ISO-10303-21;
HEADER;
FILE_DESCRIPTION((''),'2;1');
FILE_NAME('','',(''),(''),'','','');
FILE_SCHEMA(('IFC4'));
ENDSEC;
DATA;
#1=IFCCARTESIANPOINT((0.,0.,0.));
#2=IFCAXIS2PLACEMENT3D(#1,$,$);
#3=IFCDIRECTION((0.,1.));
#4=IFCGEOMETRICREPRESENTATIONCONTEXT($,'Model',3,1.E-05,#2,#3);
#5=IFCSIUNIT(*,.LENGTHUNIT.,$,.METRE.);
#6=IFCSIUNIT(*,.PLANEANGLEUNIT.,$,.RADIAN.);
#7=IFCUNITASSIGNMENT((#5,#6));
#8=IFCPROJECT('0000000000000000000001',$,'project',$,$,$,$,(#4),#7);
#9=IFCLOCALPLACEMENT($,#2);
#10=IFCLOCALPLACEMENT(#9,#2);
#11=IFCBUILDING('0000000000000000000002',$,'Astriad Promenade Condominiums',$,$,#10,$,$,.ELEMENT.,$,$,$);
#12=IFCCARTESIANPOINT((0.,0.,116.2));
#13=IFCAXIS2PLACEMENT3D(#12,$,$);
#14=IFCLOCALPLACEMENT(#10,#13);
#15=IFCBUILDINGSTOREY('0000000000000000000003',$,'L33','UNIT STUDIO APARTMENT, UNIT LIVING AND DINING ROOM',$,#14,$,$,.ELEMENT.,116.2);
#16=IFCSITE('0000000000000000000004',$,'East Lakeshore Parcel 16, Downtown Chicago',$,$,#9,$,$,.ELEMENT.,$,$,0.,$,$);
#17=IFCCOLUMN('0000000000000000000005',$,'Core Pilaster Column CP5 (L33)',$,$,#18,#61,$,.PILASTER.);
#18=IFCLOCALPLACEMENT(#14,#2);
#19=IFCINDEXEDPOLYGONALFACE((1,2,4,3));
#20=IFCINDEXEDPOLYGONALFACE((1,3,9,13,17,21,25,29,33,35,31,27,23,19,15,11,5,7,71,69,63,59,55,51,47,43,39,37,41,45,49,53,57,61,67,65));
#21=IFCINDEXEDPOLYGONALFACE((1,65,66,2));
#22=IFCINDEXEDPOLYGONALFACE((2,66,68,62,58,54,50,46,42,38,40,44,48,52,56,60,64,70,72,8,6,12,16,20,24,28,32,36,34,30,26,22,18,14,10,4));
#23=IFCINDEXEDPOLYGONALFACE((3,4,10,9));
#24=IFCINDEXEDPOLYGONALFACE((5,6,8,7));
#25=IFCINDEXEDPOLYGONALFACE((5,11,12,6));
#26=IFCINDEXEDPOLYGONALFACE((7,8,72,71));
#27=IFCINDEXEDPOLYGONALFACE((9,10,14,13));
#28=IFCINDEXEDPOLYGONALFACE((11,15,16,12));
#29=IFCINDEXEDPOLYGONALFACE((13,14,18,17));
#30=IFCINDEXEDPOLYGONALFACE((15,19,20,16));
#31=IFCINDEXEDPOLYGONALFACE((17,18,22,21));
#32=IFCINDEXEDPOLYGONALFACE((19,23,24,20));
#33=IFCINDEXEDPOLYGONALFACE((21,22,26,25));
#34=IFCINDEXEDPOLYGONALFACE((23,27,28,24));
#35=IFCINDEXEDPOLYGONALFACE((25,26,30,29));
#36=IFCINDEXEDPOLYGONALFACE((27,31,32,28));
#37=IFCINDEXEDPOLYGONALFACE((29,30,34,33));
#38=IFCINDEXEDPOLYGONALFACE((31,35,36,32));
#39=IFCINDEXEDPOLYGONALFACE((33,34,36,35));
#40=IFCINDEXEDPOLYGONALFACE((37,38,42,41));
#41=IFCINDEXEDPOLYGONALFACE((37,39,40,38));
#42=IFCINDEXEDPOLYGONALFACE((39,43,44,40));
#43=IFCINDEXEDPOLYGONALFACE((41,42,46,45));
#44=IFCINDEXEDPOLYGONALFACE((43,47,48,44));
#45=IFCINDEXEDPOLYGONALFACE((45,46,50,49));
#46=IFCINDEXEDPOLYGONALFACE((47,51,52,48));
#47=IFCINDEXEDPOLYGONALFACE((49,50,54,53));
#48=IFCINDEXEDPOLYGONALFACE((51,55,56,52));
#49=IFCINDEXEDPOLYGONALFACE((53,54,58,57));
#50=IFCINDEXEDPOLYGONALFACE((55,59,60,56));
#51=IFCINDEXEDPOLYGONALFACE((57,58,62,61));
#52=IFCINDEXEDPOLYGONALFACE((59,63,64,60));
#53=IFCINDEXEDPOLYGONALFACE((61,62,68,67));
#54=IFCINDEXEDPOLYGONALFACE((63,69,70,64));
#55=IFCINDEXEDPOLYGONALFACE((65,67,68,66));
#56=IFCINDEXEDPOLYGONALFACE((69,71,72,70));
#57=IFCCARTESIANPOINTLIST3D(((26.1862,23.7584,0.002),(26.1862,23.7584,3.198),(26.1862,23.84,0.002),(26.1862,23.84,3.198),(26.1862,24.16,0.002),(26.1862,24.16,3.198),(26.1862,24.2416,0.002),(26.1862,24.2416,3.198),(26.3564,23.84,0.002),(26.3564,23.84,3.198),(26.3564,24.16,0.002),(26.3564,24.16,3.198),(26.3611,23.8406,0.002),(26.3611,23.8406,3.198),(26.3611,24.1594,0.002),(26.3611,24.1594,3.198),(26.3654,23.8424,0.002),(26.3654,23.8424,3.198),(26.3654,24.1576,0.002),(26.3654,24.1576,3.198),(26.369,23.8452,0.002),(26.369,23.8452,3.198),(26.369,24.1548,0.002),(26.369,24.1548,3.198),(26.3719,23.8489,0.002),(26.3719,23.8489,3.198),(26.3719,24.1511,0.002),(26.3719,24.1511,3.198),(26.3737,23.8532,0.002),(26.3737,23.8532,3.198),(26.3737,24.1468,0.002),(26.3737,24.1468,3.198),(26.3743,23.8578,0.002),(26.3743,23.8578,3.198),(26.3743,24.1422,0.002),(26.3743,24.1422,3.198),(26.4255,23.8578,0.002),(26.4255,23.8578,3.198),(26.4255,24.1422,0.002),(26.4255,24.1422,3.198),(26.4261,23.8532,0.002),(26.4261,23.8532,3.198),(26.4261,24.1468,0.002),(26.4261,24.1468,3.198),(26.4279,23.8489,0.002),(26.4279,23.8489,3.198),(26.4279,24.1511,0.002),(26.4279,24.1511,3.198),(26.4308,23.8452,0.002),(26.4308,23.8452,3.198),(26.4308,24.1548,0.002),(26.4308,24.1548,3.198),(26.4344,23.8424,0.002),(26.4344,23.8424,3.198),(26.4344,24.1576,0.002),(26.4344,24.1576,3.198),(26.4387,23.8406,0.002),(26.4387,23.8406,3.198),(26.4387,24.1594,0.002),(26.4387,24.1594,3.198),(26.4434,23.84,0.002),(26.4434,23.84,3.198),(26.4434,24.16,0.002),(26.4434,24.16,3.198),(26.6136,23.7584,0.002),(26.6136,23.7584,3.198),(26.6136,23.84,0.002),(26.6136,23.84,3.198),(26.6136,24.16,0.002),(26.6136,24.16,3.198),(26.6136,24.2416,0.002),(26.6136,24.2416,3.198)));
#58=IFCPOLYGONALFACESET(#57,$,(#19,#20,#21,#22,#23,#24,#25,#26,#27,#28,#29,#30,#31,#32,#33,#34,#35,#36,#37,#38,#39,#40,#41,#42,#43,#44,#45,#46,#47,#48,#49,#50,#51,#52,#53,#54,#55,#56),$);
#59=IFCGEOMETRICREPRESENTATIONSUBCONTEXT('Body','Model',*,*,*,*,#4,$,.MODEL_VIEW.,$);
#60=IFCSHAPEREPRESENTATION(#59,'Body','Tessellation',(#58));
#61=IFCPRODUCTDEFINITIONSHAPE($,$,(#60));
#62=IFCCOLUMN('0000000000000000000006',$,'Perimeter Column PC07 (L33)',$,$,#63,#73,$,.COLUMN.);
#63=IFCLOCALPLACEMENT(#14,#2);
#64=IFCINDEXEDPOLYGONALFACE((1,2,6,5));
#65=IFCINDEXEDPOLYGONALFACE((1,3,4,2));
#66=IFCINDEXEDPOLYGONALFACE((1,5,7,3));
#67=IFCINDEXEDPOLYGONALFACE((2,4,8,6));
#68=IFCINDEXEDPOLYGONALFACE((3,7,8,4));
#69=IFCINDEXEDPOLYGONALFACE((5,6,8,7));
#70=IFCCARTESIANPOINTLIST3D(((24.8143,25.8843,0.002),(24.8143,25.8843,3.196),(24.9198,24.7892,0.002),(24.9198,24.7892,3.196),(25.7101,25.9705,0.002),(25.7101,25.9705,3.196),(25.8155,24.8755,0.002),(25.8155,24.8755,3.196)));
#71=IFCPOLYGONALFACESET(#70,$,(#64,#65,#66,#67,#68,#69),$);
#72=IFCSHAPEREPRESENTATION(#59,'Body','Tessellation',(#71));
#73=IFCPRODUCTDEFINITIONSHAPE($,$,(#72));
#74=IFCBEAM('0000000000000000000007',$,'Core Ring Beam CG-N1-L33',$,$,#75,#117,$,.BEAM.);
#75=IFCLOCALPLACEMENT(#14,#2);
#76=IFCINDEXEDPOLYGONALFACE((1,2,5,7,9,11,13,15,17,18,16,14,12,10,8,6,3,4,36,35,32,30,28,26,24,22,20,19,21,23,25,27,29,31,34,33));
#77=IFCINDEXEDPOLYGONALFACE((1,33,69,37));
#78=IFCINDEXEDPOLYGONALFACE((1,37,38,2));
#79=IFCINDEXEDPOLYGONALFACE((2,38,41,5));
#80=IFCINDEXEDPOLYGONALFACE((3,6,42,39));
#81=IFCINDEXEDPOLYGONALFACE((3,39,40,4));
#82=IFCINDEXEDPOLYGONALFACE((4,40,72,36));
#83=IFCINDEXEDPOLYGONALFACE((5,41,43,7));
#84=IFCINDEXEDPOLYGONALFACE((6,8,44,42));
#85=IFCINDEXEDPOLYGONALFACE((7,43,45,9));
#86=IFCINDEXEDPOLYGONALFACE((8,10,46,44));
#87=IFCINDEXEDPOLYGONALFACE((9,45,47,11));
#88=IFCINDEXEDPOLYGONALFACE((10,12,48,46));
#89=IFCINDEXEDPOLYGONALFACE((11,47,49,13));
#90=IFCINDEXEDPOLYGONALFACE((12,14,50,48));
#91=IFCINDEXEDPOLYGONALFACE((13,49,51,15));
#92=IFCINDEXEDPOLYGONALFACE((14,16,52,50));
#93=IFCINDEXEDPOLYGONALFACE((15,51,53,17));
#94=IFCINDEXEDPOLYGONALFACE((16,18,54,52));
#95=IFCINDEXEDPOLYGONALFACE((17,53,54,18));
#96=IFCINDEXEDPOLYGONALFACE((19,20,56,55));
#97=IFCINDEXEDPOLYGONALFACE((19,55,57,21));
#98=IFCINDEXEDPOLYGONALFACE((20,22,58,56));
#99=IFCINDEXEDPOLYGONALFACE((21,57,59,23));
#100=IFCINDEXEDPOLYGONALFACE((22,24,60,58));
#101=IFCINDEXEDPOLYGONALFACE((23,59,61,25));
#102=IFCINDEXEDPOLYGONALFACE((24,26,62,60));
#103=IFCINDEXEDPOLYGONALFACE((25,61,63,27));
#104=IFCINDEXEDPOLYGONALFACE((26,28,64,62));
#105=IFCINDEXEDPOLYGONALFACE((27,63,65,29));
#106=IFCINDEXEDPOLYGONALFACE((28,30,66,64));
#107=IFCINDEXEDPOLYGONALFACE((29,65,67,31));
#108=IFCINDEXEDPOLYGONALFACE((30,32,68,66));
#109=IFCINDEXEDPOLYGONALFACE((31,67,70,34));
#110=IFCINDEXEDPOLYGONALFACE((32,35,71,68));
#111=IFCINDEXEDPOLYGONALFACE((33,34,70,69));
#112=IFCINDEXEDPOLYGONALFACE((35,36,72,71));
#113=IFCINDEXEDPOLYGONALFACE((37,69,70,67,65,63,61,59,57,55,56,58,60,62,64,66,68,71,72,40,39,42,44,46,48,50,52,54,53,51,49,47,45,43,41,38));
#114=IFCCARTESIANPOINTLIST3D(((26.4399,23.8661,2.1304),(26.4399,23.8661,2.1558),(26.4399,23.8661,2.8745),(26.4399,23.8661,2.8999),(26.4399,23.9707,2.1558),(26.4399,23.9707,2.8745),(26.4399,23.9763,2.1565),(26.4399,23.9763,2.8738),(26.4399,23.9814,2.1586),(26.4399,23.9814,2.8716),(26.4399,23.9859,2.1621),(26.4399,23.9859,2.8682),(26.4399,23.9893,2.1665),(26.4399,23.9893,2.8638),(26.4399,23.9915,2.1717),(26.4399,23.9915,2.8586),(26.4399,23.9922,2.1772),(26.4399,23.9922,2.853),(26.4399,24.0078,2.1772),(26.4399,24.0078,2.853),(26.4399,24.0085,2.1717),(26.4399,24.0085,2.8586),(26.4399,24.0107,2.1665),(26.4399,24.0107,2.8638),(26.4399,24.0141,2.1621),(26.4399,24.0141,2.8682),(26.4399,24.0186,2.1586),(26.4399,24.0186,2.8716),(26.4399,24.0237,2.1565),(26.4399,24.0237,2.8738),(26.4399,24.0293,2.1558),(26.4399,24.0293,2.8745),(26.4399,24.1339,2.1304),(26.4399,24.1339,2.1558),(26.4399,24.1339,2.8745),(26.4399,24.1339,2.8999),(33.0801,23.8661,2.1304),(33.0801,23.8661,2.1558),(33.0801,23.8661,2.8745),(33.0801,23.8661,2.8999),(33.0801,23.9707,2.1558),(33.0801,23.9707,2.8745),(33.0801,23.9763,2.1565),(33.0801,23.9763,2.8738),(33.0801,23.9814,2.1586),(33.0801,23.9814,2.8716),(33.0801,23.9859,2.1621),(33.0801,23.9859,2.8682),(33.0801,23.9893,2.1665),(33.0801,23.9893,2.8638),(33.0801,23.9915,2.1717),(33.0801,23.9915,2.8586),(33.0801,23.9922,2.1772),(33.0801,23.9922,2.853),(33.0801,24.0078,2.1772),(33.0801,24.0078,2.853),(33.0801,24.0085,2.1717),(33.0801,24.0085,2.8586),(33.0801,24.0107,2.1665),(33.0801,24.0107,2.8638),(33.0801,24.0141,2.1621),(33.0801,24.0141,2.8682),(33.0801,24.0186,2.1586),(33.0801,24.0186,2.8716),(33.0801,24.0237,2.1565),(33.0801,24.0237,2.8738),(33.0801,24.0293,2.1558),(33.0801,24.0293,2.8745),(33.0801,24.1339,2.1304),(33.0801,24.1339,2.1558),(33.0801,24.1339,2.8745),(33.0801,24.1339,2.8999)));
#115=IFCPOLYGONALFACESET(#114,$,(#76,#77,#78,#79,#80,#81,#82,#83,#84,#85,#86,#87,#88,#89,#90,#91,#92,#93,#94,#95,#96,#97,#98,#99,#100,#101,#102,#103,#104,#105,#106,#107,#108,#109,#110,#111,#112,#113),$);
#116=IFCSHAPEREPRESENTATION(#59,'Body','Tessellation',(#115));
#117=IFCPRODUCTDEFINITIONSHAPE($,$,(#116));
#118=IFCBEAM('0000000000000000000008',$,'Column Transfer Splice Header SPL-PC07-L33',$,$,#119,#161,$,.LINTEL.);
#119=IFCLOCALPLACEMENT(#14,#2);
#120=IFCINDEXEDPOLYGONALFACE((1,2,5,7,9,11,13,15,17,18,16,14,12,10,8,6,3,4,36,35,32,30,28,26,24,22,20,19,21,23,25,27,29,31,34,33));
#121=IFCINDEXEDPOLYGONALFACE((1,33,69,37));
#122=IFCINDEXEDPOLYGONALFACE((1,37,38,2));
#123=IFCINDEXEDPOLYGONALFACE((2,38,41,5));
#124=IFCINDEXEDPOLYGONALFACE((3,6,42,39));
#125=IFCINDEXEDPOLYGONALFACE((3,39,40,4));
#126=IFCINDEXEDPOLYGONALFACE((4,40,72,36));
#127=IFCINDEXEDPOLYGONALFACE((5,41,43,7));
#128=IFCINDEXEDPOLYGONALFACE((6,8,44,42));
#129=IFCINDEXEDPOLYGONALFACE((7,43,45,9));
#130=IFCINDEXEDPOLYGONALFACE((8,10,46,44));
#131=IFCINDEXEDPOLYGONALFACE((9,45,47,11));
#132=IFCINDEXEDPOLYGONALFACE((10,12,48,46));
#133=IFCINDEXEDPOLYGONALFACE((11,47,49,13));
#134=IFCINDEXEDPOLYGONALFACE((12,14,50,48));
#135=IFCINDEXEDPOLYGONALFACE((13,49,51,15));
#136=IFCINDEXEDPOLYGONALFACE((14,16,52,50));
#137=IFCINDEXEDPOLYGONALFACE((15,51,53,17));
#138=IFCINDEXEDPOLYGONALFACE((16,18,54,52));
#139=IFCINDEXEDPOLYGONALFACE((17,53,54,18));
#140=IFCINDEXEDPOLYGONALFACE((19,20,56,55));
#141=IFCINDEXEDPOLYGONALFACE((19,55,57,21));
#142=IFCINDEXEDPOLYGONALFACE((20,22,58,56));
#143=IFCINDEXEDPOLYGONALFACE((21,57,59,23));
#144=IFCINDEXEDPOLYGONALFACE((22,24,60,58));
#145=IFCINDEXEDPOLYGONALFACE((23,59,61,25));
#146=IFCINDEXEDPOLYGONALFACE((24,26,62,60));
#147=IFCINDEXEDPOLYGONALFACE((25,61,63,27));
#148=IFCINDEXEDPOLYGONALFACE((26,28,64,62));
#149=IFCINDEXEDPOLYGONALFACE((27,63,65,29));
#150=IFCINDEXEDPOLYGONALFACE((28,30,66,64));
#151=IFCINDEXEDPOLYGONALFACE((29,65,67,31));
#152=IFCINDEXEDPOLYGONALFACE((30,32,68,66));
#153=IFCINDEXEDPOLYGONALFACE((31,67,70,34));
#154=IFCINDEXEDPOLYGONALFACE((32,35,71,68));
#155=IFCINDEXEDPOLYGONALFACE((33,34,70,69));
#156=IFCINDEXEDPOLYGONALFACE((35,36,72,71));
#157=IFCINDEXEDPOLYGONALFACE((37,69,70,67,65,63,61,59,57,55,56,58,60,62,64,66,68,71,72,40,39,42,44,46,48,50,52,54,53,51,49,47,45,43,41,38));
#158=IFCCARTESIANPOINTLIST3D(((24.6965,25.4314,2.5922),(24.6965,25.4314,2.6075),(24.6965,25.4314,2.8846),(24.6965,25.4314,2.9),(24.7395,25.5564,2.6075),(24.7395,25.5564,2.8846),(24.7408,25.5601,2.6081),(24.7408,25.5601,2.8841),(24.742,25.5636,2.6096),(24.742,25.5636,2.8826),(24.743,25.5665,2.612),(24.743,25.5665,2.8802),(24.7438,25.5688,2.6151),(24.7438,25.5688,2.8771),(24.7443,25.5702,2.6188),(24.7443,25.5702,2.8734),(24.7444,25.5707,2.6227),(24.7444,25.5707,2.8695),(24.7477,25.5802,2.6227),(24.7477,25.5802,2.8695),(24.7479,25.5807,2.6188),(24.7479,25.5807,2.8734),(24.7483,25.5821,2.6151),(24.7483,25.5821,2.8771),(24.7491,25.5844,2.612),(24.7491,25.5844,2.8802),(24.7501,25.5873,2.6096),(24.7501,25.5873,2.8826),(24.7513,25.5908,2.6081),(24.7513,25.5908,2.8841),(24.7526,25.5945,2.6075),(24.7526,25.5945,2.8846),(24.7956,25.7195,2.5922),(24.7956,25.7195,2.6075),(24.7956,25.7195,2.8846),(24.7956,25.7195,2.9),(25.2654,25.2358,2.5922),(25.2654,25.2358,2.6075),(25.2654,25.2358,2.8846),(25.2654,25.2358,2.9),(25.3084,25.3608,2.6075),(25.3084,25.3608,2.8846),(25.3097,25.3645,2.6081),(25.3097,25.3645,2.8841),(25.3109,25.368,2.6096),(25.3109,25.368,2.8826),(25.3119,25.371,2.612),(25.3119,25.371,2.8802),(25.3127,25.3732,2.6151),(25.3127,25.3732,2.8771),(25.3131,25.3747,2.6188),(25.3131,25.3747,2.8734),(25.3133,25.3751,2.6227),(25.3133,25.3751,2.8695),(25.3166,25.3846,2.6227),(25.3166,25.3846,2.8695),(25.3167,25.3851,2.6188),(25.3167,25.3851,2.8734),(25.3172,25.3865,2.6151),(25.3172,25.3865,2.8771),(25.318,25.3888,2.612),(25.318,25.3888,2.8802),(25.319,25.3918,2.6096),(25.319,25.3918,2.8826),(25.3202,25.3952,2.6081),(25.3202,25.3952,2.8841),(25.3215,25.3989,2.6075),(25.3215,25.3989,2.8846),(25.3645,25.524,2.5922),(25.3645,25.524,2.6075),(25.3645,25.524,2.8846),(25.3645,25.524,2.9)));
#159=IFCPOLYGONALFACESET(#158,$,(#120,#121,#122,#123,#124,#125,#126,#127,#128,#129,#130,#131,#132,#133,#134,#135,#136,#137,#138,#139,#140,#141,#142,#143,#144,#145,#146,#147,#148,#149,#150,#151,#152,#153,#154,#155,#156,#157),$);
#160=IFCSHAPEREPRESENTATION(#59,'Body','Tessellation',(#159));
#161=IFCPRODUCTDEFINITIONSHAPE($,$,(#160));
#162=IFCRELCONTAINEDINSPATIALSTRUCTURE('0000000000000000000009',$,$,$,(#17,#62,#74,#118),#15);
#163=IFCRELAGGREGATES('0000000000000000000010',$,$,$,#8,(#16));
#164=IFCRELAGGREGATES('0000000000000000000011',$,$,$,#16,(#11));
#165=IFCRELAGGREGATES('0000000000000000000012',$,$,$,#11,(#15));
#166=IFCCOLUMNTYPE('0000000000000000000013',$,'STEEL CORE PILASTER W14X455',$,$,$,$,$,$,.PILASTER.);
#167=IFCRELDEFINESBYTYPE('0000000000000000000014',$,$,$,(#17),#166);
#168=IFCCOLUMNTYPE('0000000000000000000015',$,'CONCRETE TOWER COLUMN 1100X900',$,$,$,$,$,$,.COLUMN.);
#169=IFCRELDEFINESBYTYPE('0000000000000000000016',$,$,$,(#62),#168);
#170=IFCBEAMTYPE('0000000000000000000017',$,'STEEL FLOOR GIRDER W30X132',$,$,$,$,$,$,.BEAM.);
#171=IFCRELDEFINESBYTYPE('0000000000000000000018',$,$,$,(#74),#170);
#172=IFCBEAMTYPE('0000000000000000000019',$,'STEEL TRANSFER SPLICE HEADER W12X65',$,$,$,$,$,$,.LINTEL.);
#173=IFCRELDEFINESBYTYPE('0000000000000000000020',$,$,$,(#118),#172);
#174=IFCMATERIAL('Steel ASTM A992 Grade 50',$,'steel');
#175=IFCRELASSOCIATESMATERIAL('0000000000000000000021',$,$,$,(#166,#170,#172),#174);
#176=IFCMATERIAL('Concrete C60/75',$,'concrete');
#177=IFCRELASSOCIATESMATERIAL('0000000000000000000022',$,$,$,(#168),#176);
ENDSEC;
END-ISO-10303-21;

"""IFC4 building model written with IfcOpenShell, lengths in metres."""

from ifc_helpers import new_model, si_unit, direction, frame, origin, origin_2d, place, context, subcontext, project, spatial, rectangle, i_section, extrude, source, transform, mapped, material, material_profile, profile_set, type_object, type_shapes, element, save


model = new_model("IFC4")

# Units and contexts
model_context = context("Model", 3, precision=1e-05, world=origin(), true_north=direction((0.0, 1.0)))
body_context = subcontext(model_context, "Body", "Model", "MODEL_VIEW")
ifc_project = project(units=[si_unit("LENGTHUNIT", "METRE"), si_unit("PLANEANGLEUNIT", "RADIAN")], contexts=[model_context])

# Site, building, storey
site_placement = place(None, origin())
site = spatial("IfcSite", under=ifc_project, at=site_placement, Name="East Lakeshore Parcel 16, Downtown Chicago", CompositionType="ELEMENT", RefElevation=0.0)
building_placement = place(site_placement, origin())
building = spatial("IfcBuilding", under=site, at=building_placement, Name="Astriad Promenade Condominiums", CompositionType="ELEMENT")
storey_placement = place(building_placement, frame((0.0, 0.0, 116.2)))
storey = spatial("IfcBuildingStorey", under=building, at=storey_placement, Name="L33", Description="UNIT STUDIO APARTMENT, UNIT LIVING AND DINING ROOM", CompositionType="ELEMENT", Elevation=116.2)

# Columns
ifc_material_1 = material(Name="Steel ASTM A992 Grade 50", Category="steel")
ifc_material_profile_1 = material_profile(ifc_material_1, i_section(OverallWidth=0.4275, OverallDepth=0.4832, WebThickness=0.0513, FlangeThickness=0.0815, FilletRadius=0.0178, at=origin_2d()), Name="W14X455")
ifc_profile_set_1 = profile_set([ifc_material_profile_1], Name="Steel ASTM A992 Grade 50")
column_type_1 = type_object("IfcColumnType", Name="STEEL CORE PILASTER W14X455", PredefinedType="PILASTER", material=ifc_profile_set_1)
shared_shape_1 = source(origin(), body_context, "Body", "SweptSolid", [
    extrude(i_section(OverallWidth=0.4275, OverallDepth=0.4832, WebThickness=0.0513, FlangeThickness=0.0815, FilletRadius=0.0178, at=origin_2d()), origin(), (0.0, 0.0, 1.0), 3.196),
])
type_shapes(column_type_1, [shared_shape_1])
column_1_placement = place(storey_placement, frame((26.3999, 24.0, 0.002), z_axis=(0.0, 0.0, 1.0), x_axis=(1.0, 0.0, 0.0)))
element("IfcColumn", 1, at=column_1_placement, inside=storey, type_object=column_type_1, Name="Core Pilaster Column CP5 (L33)", PredefinedType="PILASTER", context=body_context, shape_type="MappedRepresentation", body=[
    mapped(shared_shape_1, transform((0.0, 0.0, 0.0), scale=1.0)),
])
ifc_material_2 = material(Name="Concrete C60/75", Category="concrete")
ifc_material_profile_2 = material_profile(ifc_material_2, rectangle(XDim=0.8999, YDim=1.1001, at=origin_2d()), Name="RC-COL-1100X900")
ifc_profile_set_2 = profile_set([ifc_material_profile_2], Name="Concrete C60/75")
column_type_2 = type_object("IfcColumnType", Name="CONCRETE TOWER COLUMN 1100X900", PredefinedType="COLUMN", material=ifc_profile_set_2)
shared_shape_2 = source(origin(), body_context, "Body", "SweptSolid", [
    extrude(rectangle(XDim=0.8999, YDim=1.1001, at=origin_2d()), origin(), (0.0, 0.0, 1.0), 3.1941),
])
type_shapes(column_type_2, [shared_shape_2])
column_2_placement = place(storey_placement, frame((25.3149, 25.3799, 0.002), z_axis=(0.0, 0.0, 1.0), x_axis=(0.995396, 0.095846, 0.0)))
element("IfcColumn", 2, at=column_2_placement, inside=storey, type_object=column_type_2, Name="Perimeter Column PC07 (L33)", PredefinedType="COLUMN", context=body_context, shape_type="MappedRepresentation", body=[
    mapped(shared_shape_2, transform((0.0, 0.0, 0.0), scale=1.0)),
])

# Beams
ifc_material_profile_3 = material_profile(ifc_material_1, i_section(OverallWidth=0.2678, OverallDepth=0.7695, WebThickness=0.0156, FlangeThickness=0.0254, FilletRadius=0.0215, at=origin_2d()), Name="W30X132")
ifc_profile_set_3 = profile_set([ifc_material_profile_3], Name="Steel ASTM A992 Grade 50")
beam_type_1 = type_object("IfcBeamType", Name="STEEL FLOOR GIRDER W30X132", PredefinedType="BEAM", material=ifc_profile_set_3)
shared_shape_3 = source(origin(), body_context, "Body", "SweptSolid", [
    extrude(i_section(OverallWidth=0.2678, OverallDepth=0.7695, WebThickness=0.0156, FlangeThickness=0.0254, FilletRadius=0.0215, at=origin_2d()), origin(), (0.0, 0.0, 1.0), 6.6401),
])
type_shapes(beam_type_1, [shared_shape_3])
beam_1_placement = place(storey_placement, frame((26.4399, 24.0, 2.5151), z_axis=(1.0, 0.0, 0.0), x_axis=(0.0, 1.0, 0.0)))
element("IfcBeam", 3, at=beam_1_placement, inside=storey, type_object=beam_type_1, Name="Core Ring Beam CG-N1-L33", PredefinedType="BEAM", context=body_context, shape_type="MappedRepresentation", body=[
    mapped(shared_shape_3, transform((0.0, 0.0, 0.0), scale=1.0)),
])
ifc_material_profile_4 = material_profile(ifc_material_1, i_section(OverallWidth=0.3047, OverallDepth=0.3079, WebThickness=0.01, FlangeThickness=0.0154, FilletRadius=0.0151, at=origin_2d()), Name="W12X65")
ifc_profile_set_4 = profile_set([ifc_material_profile_4], Name="Steel ASTM A992 Grade 50")
beam_type_2 = type_object("IfcBeamType", Name="STEEL TRANSFER SPLICE HEADER W12X65", PredefinedType="LINTEL", material=ifc_profile_set_4)
shared_shape_4 = source(origin(), body_context, "Body", "SweptSolid", [
    extrude(i_section(OverallWidth=0.3047, OverallDepth=0.3079, WebThickness=0.01, FlangeThickness=0.0154, FilletRadius=0.0151, at=origin_2d()), origin(), (0.0, 0.0, 1.0), 0.6016),
])
type_shapes(beam_type_2, [shared_shape_4])
beam_2_placement = place(storey_placement, frame((25.3149, 25.3799, 2.7461), z_axis=(-0.945679, 0.325102, 0.0), x_axis=(-0.325102, -0.945679, 0.0)))
element("IfcBeam", 4, at=beam_2_placement, inside=storey, type_object=beam_type_2, Name="Column Transfer Splice Header SPL-PC07-L33", PredefinedType="LINTEL", context=body_context, shape_type="MappedRepresentation", body=[
    mapped(shared_shape_4, transform((0.0, 0.0, 0.0), scale=1.0)),
])

save(model, "model.ifc")
